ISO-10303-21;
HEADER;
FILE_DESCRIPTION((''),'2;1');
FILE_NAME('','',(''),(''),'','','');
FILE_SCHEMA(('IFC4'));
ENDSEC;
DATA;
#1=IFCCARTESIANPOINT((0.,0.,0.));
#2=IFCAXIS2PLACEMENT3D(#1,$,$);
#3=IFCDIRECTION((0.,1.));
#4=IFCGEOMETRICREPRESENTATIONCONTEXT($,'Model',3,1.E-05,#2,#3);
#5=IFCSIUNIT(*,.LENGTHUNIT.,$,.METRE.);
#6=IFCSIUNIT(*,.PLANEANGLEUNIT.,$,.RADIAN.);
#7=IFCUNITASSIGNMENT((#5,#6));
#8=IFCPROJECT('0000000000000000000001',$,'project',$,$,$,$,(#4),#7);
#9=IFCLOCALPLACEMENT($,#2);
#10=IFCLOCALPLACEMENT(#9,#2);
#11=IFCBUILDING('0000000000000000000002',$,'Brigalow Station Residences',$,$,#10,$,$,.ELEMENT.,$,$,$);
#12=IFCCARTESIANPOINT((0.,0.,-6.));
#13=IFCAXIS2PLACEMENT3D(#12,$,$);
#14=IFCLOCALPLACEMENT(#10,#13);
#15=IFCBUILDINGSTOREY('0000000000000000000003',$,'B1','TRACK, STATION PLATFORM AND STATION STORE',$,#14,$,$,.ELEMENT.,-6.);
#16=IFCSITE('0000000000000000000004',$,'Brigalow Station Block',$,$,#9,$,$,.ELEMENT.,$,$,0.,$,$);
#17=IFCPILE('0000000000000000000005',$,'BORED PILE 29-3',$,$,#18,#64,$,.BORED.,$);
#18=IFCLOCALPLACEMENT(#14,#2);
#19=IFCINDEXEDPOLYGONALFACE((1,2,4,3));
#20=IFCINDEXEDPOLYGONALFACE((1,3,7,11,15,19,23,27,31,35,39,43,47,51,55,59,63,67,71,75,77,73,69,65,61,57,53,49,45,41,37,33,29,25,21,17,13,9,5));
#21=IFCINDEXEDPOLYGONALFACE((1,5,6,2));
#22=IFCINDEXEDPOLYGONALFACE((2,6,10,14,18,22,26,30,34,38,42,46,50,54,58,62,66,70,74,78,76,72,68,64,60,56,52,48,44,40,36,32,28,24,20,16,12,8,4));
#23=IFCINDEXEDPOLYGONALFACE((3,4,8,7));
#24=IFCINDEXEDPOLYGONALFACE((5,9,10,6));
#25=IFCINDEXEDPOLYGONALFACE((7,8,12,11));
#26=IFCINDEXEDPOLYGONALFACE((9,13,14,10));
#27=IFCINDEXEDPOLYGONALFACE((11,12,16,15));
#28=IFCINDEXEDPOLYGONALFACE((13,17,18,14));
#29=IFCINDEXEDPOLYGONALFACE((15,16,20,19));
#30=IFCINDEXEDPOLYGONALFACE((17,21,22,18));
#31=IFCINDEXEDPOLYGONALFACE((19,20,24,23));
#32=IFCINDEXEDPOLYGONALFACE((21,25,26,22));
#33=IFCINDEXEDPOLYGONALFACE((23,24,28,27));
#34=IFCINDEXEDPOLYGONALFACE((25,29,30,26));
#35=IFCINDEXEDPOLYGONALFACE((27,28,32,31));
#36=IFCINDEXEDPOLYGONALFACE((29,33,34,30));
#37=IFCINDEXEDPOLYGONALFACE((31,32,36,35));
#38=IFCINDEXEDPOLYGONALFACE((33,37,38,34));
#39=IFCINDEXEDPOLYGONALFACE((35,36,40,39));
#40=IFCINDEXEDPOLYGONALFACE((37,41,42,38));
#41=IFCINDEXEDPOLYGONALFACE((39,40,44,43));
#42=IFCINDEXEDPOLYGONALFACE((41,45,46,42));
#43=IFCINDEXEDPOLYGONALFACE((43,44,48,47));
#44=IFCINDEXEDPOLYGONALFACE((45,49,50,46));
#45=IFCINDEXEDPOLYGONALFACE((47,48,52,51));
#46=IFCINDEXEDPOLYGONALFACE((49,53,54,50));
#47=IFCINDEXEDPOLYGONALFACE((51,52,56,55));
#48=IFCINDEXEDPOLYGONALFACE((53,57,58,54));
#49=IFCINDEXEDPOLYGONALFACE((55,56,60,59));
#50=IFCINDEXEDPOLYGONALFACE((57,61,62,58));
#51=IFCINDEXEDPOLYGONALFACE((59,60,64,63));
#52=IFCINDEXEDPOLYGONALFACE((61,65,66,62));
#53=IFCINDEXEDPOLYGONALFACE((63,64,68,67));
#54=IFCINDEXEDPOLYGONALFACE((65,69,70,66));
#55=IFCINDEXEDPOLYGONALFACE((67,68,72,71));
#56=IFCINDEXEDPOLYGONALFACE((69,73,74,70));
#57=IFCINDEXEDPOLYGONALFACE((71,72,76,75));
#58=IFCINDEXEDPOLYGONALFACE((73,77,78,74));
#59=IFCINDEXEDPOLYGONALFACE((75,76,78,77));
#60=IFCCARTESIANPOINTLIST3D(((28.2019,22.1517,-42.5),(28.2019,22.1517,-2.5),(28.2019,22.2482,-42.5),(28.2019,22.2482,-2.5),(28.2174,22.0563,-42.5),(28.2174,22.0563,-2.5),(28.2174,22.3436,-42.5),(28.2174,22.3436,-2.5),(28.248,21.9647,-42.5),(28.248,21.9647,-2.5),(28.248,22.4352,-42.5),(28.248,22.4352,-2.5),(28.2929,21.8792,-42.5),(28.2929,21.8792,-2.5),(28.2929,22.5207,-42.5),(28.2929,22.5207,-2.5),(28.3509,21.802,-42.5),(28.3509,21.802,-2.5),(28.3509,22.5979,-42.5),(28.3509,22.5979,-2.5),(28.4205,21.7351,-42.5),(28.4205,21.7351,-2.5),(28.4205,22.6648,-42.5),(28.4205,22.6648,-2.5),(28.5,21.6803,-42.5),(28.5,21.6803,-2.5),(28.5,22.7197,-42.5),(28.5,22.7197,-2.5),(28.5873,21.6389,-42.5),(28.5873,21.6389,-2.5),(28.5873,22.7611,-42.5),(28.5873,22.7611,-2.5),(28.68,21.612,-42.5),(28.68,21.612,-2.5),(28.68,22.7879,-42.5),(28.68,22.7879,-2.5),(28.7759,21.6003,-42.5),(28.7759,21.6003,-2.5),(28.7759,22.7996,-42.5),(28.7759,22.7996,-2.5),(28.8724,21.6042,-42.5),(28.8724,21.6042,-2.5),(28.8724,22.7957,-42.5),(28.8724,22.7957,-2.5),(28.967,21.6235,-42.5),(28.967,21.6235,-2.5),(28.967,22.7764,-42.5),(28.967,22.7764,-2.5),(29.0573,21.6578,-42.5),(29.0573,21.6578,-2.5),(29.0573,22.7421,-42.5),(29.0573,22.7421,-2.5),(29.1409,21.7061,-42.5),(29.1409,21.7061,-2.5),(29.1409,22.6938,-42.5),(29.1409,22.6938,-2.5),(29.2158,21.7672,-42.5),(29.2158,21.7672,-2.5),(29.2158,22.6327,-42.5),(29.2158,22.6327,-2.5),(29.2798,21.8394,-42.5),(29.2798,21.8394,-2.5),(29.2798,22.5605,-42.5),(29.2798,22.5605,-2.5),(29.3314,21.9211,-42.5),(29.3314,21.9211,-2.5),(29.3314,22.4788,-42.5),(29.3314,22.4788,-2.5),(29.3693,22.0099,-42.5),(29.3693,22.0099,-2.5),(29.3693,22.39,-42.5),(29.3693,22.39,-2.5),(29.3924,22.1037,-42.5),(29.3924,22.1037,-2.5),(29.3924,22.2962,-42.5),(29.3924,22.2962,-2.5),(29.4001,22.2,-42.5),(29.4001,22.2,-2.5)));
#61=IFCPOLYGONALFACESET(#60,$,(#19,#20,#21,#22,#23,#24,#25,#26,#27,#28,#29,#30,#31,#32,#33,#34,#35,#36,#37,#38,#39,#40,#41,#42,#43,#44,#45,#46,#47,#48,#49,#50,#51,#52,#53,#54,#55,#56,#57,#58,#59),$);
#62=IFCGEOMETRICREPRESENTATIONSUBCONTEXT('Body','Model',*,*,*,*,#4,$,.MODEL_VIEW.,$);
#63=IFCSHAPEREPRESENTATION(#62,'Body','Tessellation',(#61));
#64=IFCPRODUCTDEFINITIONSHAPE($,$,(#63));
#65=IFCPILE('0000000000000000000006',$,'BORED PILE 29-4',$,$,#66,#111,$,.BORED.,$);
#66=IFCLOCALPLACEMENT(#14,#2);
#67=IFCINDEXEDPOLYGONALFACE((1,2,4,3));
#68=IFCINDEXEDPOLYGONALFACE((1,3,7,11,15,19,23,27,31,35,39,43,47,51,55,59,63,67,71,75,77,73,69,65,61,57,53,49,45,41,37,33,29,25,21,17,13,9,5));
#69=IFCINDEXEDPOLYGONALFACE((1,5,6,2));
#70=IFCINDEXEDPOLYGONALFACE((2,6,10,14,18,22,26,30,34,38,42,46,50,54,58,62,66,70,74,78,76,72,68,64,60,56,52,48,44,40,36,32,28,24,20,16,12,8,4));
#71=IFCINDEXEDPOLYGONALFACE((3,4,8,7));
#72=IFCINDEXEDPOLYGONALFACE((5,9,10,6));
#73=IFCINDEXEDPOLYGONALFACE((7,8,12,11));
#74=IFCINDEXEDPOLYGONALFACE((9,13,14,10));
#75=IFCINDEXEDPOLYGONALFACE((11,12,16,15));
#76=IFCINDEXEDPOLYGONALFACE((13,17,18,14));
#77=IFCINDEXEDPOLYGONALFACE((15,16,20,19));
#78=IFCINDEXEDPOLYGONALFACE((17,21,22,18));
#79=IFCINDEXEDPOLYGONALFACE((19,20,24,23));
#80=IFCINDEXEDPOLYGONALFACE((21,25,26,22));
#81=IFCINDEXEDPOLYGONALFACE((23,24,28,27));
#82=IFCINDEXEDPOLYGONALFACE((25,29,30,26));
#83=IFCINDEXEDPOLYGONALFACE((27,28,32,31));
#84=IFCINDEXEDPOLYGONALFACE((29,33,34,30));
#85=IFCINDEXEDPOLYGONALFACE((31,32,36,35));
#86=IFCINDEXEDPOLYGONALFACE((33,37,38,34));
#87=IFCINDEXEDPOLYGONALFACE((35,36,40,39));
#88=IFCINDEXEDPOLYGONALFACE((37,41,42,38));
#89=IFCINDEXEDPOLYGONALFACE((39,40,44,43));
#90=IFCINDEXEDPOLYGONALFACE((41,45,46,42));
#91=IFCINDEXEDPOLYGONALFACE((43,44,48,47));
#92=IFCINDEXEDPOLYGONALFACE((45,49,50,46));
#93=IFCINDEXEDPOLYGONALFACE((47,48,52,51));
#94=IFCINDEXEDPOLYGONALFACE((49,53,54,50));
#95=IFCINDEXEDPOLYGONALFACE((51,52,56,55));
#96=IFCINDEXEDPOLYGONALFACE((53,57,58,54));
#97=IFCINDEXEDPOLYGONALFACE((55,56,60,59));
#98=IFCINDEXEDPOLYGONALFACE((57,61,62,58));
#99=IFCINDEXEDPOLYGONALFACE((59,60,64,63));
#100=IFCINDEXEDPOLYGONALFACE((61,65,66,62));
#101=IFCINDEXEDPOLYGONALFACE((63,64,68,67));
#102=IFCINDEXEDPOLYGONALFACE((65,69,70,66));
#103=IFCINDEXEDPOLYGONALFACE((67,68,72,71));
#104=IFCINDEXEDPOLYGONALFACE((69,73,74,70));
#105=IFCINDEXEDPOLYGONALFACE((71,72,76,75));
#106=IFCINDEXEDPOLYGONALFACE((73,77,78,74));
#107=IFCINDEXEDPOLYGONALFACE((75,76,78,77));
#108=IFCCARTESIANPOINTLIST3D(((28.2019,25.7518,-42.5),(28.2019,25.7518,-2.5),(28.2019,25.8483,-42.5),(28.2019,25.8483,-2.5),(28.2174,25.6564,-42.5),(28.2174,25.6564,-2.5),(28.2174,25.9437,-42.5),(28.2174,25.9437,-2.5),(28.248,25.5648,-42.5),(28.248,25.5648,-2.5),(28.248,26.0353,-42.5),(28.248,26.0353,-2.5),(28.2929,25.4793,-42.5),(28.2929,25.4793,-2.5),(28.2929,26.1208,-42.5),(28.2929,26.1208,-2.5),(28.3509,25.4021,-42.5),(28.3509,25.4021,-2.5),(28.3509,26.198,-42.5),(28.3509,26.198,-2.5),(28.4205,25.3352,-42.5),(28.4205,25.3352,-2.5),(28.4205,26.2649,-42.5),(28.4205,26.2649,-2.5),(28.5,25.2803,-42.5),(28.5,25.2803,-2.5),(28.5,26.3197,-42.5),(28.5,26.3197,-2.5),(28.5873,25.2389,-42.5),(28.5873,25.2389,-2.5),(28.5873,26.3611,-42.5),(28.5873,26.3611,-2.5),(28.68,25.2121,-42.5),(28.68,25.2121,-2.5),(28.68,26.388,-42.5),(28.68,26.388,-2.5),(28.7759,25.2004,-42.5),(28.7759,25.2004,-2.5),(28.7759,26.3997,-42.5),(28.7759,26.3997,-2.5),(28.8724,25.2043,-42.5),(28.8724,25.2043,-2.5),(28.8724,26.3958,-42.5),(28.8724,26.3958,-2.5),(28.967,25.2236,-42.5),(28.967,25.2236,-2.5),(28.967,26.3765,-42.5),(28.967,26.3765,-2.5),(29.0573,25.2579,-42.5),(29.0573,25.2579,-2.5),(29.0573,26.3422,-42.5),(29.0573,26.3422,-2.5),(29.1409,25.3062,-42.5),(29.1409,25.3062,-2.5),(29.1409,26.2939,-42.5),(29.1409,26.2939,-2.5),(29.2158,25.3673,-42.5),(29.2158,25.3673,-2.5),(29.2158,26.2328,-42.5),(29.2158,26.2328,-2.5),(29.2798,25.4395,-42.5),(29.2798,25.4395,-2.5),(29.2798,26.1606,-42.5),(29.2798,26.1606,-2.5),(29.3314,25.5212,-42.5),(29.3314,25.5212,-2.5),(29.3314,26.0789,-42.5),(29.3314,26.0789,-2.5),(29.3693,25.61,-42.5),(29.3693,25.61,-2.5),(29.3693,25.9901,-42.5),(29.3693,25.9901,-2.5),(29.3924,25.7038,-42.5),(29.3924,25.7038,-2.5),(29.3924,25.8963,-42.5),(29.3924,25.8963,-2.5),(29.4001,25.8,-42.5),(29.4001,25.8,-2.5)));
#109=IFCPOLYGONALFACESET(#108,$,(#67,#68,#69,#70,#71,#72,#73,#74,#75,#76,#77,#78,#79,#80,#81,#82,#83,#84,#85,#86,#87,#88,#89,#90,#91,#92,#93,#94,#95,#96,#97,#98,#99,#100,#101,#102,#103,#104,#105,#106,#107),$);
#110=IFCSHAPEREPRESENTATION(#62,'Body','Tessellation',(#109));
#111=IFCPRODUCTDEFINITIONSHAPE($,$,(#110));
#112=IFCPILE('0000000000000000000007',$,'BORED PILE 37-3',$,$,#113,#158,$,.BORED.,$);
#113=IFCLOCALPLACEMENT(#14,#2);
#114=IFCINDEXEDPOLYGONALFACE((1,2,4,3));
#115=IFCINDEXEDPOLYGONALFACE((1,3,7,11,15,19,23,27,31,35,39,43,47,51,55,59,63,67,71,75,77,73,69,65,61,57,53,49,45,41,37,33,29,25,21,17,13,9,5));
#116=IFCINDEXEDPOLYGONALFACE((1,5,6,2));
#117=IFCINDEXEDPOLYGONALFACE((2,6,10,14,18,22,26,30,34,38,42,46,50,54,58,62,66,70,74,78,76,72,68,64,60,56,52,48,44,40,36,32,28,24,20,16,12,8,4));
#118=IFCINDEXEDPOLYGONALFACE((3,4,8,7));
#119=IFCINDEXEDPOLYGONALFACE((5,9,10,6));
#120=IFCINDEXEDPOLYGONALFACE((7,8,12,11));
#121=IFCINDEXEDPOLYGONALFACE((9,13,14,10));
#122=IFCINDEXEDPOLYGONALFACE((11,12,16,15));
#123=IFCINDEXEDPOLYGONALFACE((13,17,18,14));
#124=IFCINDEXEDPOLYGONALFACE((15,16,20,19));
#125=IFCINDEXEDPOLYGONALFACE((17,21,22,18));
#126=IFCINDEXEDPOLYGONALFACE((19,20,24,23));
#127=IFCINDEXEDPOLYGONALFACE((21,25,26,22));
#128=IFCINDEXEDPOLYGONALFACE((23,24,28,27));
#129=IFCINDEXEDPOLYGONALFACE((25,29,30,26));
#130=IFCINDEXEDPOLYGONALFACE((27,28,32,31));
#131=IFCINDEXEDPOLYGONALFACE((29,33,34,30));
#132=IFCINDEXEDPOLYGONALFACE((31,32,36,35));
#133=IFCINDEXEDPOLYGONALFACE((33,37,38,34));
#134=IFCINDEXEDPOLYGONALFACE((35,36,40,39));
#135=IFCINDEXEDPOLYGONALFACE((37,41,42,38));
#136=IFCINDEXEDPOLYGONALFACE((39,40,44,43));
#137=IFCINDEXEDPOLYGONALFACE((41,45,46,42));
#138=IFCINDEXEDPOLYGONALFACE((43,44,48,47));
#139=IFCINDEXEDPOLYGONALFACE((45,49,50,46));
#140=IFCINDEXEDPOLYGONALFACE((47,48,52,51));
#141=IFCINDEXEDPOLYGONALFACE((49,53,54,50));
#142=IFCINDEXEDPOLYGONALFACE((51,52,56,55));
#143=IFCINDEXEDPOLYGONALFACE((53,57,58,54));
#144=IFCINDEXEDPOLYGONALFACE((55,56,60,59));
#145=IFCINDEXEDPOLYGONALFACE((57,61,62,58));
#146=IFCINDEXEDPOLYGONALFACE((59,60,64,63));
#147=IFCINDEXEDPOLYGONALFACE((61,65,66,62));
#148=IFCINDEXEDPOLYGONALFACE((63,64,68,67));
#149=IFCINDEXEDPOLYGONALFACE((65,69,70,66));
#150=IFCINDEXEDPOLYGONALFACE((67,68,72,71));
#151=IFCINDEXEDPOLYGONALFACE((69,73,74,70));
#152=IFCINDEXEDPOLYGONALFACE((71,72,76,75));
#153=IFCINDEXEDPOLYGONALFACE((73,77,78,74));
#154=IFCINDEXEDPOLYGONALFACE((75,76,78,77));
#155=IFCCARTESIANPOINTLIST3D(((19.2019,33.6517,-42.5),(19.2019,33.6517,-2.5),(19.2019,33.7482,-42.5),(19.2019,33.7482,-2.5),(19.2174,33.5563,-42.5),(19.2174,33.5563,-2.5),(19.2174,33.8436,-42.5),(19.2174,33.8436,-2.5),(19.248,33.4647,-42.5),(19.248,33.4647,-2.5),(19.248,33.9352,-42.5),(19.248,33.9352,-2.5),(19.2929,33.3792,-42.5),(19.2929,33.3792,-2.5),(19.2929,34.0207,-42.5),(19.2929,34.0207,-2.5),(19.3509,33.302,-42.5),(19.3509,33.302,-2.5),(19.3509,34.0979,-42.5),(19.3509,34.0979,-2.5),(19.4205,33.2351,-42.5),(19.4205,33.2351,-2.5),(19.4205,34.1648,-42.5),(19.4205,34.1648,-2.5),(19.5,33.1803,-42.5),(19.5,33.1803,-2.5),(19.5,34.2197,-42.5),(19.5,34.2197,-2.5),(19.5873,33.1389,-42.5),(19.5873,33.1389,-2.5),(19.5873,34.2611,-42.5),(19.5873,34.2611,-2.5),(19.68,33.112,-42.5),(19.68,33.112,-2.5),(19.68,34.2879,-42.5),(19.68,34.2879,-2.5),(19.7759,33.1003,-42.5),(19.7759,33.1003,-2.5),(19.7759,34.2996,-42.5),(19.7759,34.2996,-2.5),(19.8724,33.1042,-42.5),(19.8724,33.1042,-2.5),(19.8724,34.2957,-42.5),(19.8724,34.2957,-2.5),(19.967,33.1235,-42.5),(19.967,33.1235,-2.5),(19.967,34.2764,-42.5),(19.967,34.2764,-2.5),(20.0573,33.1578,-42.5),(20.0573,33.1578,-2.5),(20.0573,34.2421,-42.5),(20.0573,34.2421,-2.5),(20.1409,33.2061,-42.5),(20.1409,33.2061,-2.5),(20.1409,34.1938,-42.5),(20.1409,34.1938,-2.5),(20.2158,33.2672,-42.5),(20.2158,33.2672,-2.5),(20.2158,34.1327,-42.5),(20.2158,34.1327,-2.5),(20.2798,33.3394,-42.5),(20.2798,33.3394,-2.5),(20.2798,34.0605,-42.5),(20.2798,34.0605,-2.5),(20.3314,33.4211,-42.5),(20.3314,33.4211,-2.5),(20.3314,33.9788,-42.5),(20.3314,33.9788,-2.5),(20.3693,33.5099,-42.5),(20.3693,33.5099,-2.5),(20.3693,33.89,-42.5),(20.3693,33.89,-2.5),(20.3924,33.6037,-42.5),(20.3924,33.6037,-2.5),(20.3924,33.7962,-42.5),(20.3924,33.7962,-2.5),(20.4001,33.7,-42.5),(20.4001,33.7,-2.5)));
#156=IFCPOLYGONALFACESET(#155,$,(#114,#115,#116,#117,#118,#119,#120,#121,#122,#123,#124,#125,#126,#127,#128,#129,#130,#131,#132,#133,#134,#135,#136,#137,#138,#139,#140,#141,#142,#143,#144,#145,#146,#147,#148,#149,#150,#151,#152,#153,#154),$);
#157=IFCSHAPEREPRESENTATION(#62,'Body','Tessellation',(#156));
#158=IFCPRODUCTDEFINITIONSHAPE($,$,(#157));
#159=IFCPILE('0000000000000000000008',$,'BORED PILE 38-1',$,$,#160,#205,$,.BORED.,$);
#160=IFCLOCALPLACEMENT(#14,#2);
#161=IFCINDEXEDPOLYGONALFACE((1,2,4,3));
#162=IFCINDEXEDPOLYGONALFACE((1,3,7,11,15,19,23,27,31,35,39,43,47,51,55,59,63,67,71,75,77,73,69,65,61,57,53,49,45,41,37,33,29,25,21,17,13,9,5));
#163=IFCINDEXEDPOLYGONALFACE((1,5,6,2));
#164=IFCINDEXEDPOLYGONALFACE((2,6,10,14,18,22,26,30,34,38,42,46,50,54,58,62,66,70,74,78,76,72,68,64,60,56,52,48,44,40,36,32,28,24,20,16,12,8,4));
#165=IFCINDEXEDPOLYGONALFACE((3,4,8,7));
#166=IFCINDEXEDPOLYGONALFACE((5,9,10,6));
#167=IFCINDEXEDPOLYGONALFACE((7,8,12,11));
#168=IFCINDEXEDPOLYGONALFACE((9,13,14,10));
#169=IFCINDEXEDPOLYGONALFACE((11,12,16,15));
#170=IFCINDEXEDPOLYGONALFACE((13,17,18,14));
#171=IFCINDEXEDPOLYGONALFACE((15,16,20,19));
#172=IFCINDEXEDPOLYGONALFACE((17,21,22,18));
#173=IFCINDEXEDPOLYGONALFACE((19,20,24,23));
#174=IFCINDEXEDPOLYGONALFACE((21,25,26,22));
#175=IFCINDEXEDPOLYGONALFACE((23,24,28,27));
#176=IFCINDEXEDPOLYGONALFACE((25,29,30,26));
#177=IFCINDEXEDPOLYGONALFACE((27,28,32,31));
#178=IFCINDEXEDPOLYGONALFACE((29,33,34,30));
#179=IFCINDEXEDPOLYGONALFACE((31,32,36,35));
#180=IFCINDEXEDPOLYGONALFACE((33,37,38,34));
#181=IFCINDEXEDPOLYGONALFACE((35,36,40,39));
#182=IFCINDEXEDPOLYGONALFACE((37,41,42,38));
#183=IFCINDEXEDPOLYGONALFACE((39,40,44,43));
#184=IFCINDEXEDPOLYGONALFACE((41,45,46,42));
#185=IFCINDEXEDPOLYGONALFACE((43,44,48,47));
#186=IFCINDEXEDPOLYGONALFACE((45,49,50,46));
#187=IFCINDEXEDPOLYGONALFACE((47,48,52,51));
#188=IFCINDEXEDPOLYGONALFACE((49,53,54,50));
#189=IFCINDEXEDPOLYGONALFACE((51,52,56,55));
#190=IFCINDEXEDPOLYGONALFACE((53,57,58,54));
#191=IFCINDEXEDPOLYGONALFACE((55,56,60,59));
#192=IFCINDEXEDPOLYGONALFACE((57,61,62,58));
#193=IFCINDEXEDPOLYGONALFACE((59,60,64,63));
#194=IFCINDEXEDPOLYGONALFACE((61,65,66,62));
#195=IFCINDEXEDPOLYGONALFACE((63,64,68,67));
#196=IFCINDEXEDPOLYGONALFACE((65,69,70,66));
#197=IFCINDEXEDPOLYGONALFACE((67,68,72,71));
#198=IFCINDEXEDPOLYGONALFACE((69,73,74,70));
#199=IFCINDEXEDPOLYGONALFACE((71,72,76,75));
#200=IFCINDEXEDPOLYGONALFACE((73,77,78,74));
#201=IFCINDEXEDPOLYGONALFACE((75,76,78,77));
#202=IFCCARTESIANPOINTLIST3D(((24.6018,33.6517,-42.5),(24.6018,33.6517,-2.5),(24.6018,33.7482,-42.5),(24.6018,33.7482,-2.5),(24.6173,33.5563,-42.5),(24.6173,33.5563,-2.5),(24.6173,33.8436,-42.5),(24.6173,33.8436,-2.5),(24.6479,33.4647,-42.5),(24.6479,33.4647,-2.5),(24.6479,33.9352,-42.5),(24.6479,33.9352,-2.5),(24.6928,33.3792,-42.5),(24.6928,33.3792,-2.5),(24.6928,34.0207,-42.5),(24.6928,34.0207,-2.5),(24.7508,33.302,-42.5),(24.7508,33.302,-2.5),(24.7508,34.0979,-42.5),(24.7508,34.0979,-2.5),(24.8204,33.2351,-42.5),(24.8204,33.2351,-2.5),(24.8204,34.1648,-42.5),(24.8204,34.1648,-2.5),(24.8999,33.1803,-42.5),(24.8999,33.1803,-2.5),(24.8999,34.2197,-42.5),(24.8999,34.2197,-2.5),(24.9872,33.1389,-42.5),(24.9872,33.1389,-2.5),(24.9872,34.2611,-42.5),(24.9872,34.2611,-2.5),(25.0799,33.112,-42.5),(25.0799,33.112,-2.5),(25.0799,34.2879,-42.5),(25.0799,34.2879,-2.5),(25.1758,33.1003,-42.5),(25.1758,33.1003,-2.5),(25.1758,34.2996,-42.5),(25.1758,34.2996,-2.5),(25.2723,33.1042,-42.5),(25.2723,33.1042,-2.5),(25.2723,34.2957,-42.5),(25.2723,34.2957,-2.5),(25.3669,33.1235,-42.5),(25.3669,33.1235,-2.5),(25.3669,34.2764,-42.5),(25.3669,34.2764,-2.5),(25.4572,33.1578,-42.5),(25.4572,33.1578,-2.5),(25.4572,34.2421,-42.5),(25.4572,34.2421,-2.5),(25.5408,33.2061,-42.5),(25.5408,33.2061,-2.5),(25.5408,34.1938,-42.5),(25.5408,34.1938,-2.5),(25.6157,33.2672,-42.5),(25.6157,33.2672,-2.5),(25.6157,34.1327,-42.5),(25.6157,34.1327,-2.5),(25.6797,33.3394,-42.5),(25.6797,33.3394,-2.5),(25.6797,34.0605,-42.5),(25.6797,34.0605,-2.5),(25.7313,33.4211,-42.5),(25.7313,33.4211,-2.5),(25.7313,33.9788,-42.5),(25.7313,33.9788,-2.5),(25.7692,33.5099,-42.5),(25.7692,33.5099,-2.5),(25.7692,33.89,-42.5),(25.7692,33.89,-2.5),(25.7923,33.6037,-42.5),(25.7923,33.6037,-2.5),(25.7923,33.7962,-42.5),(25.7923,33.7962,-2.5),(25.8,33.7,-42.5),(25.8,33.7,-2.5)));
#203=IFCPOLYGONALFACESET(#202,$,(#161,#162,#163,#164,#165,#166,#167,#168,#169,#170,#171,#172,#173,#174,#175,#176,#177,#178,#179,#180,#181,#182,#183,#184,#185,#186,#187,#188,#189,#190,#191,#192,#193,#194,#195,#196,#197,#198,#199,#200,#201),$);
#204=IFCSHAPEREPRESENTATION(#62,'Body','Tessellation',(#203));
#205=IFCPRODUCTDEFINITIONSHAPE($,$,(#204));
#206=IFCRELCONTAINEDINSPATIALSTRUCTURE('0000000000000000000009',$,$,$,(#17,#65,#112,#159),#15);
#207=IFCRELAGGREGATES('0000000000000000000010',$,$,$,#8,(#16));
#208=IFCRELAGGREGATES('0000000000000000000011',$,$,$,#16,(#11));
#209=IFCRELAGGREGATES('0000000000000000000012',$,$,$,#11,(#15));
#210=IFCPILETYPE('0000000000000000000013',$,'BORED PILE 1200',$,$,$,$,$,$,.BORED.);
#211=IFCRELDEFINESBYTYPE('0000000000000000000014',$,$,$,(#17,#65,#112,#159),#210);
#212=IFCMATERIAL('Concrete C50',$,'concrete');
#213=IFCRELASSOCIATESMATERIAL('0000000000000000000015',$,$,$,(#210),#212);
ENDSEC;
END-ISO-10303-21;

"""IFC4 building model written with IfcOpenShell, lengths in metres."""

from ifc_helpers import new_model, si_unit, direction, frame, origin, origin_2d, place, context, subcontext, project, spatial, circle, extrude, material, material_profile, profile_set, type_object, element, save


model = new_model("IFC4")

# Units and contexts
model_context = context("Model", 3, precision=1e-05, world=origin(), true_north=direction((0.0, 1.0)))
body_context = subcontext(model_context, "Body", "Model", "MODEL_VIEW")
ifc_project = project(units=[si_unit("LENGTHUNIT", "METRE"), si_unit("PLANEANGLEUNIT", "RADIAN")], contexts=[model_context])

# Site, building, storey
site_placement = place(None, origin())
site = spatial("IfcSite", under=ifc_project, at=site_placement, Name="Brigalow Station Block", CompositionType="ELEMENT", RefElevation=0.0)
building_placement = place(site_placement, origin())
building = spatial("IfcBuilding", under=site, at=building_placement, Name="Brigalow Station Residences", CompositionType="ELEMENT")
storey_placement = place(building_placement, frame((0.0, 0.0, -6.0)))
storey = spatial("IfcBuildingStorey", under=building, at=storey_placement, Name="B1", Description="TRACK, STATION PLATFORM AND STATION STORE", CompositionType="ELEMENT", Elevation=-6.0)

# Piles
ifc_material_1 = material(Name="Concrete C50", Category="concrete")
ifc_material_profile_1 = material_profile(ifc_material_1, circle(Radius=0.6001, at=origin_2d()), Name="BP1200")
ifc_profile_set_1 = profile_set([ifc_material_profile_1], Name="Concrete C50")
pile_type_1 = type_object("IfcPileType", Name="BORED PILE 1200", PredefinedType="BORED", material=ifc_profile_set_1)
for number, where, z_axis, x_axis, name in (
    (1, (28.8, 22.2, -2.5), (0.0, 0.0, -1.0), (1.0, 0.0, 0.0), "BORED PILE 29-3"),
    (2, (28.8, 25.8, -2.5), (0.0, 0.0, -1.0), (1.0, 0.0, 0.0), "BORED PILE 29-4"),
    (3, (19.8, 33.7, -2.5), (0.0, 0.0, -1.0), (1.0, 0.0, 0.0), "BORED PILE 37-3"),
    (4, (25.2, 33.7, -2.5), (0.0, 0.0, -1.0), (1.0, 0.0, 0.0), "BORED PILE 38-1"),
):
    element("IfcPile", number, at=place(storey_placement, frame(where, z_axis=z_axis, x_axis=x_axis)), inside=storey, type_object=pile_type_1, Name=name, PredefinedType="BORED", context=body_context, shape_type="SweptSolid", body=[
        extrude(circle(Radius=0.6001, at=origin_2d()), origin(), (0.0, 0.0, 1.0), 40.0),
    ])

save(model, "model.ifc")
